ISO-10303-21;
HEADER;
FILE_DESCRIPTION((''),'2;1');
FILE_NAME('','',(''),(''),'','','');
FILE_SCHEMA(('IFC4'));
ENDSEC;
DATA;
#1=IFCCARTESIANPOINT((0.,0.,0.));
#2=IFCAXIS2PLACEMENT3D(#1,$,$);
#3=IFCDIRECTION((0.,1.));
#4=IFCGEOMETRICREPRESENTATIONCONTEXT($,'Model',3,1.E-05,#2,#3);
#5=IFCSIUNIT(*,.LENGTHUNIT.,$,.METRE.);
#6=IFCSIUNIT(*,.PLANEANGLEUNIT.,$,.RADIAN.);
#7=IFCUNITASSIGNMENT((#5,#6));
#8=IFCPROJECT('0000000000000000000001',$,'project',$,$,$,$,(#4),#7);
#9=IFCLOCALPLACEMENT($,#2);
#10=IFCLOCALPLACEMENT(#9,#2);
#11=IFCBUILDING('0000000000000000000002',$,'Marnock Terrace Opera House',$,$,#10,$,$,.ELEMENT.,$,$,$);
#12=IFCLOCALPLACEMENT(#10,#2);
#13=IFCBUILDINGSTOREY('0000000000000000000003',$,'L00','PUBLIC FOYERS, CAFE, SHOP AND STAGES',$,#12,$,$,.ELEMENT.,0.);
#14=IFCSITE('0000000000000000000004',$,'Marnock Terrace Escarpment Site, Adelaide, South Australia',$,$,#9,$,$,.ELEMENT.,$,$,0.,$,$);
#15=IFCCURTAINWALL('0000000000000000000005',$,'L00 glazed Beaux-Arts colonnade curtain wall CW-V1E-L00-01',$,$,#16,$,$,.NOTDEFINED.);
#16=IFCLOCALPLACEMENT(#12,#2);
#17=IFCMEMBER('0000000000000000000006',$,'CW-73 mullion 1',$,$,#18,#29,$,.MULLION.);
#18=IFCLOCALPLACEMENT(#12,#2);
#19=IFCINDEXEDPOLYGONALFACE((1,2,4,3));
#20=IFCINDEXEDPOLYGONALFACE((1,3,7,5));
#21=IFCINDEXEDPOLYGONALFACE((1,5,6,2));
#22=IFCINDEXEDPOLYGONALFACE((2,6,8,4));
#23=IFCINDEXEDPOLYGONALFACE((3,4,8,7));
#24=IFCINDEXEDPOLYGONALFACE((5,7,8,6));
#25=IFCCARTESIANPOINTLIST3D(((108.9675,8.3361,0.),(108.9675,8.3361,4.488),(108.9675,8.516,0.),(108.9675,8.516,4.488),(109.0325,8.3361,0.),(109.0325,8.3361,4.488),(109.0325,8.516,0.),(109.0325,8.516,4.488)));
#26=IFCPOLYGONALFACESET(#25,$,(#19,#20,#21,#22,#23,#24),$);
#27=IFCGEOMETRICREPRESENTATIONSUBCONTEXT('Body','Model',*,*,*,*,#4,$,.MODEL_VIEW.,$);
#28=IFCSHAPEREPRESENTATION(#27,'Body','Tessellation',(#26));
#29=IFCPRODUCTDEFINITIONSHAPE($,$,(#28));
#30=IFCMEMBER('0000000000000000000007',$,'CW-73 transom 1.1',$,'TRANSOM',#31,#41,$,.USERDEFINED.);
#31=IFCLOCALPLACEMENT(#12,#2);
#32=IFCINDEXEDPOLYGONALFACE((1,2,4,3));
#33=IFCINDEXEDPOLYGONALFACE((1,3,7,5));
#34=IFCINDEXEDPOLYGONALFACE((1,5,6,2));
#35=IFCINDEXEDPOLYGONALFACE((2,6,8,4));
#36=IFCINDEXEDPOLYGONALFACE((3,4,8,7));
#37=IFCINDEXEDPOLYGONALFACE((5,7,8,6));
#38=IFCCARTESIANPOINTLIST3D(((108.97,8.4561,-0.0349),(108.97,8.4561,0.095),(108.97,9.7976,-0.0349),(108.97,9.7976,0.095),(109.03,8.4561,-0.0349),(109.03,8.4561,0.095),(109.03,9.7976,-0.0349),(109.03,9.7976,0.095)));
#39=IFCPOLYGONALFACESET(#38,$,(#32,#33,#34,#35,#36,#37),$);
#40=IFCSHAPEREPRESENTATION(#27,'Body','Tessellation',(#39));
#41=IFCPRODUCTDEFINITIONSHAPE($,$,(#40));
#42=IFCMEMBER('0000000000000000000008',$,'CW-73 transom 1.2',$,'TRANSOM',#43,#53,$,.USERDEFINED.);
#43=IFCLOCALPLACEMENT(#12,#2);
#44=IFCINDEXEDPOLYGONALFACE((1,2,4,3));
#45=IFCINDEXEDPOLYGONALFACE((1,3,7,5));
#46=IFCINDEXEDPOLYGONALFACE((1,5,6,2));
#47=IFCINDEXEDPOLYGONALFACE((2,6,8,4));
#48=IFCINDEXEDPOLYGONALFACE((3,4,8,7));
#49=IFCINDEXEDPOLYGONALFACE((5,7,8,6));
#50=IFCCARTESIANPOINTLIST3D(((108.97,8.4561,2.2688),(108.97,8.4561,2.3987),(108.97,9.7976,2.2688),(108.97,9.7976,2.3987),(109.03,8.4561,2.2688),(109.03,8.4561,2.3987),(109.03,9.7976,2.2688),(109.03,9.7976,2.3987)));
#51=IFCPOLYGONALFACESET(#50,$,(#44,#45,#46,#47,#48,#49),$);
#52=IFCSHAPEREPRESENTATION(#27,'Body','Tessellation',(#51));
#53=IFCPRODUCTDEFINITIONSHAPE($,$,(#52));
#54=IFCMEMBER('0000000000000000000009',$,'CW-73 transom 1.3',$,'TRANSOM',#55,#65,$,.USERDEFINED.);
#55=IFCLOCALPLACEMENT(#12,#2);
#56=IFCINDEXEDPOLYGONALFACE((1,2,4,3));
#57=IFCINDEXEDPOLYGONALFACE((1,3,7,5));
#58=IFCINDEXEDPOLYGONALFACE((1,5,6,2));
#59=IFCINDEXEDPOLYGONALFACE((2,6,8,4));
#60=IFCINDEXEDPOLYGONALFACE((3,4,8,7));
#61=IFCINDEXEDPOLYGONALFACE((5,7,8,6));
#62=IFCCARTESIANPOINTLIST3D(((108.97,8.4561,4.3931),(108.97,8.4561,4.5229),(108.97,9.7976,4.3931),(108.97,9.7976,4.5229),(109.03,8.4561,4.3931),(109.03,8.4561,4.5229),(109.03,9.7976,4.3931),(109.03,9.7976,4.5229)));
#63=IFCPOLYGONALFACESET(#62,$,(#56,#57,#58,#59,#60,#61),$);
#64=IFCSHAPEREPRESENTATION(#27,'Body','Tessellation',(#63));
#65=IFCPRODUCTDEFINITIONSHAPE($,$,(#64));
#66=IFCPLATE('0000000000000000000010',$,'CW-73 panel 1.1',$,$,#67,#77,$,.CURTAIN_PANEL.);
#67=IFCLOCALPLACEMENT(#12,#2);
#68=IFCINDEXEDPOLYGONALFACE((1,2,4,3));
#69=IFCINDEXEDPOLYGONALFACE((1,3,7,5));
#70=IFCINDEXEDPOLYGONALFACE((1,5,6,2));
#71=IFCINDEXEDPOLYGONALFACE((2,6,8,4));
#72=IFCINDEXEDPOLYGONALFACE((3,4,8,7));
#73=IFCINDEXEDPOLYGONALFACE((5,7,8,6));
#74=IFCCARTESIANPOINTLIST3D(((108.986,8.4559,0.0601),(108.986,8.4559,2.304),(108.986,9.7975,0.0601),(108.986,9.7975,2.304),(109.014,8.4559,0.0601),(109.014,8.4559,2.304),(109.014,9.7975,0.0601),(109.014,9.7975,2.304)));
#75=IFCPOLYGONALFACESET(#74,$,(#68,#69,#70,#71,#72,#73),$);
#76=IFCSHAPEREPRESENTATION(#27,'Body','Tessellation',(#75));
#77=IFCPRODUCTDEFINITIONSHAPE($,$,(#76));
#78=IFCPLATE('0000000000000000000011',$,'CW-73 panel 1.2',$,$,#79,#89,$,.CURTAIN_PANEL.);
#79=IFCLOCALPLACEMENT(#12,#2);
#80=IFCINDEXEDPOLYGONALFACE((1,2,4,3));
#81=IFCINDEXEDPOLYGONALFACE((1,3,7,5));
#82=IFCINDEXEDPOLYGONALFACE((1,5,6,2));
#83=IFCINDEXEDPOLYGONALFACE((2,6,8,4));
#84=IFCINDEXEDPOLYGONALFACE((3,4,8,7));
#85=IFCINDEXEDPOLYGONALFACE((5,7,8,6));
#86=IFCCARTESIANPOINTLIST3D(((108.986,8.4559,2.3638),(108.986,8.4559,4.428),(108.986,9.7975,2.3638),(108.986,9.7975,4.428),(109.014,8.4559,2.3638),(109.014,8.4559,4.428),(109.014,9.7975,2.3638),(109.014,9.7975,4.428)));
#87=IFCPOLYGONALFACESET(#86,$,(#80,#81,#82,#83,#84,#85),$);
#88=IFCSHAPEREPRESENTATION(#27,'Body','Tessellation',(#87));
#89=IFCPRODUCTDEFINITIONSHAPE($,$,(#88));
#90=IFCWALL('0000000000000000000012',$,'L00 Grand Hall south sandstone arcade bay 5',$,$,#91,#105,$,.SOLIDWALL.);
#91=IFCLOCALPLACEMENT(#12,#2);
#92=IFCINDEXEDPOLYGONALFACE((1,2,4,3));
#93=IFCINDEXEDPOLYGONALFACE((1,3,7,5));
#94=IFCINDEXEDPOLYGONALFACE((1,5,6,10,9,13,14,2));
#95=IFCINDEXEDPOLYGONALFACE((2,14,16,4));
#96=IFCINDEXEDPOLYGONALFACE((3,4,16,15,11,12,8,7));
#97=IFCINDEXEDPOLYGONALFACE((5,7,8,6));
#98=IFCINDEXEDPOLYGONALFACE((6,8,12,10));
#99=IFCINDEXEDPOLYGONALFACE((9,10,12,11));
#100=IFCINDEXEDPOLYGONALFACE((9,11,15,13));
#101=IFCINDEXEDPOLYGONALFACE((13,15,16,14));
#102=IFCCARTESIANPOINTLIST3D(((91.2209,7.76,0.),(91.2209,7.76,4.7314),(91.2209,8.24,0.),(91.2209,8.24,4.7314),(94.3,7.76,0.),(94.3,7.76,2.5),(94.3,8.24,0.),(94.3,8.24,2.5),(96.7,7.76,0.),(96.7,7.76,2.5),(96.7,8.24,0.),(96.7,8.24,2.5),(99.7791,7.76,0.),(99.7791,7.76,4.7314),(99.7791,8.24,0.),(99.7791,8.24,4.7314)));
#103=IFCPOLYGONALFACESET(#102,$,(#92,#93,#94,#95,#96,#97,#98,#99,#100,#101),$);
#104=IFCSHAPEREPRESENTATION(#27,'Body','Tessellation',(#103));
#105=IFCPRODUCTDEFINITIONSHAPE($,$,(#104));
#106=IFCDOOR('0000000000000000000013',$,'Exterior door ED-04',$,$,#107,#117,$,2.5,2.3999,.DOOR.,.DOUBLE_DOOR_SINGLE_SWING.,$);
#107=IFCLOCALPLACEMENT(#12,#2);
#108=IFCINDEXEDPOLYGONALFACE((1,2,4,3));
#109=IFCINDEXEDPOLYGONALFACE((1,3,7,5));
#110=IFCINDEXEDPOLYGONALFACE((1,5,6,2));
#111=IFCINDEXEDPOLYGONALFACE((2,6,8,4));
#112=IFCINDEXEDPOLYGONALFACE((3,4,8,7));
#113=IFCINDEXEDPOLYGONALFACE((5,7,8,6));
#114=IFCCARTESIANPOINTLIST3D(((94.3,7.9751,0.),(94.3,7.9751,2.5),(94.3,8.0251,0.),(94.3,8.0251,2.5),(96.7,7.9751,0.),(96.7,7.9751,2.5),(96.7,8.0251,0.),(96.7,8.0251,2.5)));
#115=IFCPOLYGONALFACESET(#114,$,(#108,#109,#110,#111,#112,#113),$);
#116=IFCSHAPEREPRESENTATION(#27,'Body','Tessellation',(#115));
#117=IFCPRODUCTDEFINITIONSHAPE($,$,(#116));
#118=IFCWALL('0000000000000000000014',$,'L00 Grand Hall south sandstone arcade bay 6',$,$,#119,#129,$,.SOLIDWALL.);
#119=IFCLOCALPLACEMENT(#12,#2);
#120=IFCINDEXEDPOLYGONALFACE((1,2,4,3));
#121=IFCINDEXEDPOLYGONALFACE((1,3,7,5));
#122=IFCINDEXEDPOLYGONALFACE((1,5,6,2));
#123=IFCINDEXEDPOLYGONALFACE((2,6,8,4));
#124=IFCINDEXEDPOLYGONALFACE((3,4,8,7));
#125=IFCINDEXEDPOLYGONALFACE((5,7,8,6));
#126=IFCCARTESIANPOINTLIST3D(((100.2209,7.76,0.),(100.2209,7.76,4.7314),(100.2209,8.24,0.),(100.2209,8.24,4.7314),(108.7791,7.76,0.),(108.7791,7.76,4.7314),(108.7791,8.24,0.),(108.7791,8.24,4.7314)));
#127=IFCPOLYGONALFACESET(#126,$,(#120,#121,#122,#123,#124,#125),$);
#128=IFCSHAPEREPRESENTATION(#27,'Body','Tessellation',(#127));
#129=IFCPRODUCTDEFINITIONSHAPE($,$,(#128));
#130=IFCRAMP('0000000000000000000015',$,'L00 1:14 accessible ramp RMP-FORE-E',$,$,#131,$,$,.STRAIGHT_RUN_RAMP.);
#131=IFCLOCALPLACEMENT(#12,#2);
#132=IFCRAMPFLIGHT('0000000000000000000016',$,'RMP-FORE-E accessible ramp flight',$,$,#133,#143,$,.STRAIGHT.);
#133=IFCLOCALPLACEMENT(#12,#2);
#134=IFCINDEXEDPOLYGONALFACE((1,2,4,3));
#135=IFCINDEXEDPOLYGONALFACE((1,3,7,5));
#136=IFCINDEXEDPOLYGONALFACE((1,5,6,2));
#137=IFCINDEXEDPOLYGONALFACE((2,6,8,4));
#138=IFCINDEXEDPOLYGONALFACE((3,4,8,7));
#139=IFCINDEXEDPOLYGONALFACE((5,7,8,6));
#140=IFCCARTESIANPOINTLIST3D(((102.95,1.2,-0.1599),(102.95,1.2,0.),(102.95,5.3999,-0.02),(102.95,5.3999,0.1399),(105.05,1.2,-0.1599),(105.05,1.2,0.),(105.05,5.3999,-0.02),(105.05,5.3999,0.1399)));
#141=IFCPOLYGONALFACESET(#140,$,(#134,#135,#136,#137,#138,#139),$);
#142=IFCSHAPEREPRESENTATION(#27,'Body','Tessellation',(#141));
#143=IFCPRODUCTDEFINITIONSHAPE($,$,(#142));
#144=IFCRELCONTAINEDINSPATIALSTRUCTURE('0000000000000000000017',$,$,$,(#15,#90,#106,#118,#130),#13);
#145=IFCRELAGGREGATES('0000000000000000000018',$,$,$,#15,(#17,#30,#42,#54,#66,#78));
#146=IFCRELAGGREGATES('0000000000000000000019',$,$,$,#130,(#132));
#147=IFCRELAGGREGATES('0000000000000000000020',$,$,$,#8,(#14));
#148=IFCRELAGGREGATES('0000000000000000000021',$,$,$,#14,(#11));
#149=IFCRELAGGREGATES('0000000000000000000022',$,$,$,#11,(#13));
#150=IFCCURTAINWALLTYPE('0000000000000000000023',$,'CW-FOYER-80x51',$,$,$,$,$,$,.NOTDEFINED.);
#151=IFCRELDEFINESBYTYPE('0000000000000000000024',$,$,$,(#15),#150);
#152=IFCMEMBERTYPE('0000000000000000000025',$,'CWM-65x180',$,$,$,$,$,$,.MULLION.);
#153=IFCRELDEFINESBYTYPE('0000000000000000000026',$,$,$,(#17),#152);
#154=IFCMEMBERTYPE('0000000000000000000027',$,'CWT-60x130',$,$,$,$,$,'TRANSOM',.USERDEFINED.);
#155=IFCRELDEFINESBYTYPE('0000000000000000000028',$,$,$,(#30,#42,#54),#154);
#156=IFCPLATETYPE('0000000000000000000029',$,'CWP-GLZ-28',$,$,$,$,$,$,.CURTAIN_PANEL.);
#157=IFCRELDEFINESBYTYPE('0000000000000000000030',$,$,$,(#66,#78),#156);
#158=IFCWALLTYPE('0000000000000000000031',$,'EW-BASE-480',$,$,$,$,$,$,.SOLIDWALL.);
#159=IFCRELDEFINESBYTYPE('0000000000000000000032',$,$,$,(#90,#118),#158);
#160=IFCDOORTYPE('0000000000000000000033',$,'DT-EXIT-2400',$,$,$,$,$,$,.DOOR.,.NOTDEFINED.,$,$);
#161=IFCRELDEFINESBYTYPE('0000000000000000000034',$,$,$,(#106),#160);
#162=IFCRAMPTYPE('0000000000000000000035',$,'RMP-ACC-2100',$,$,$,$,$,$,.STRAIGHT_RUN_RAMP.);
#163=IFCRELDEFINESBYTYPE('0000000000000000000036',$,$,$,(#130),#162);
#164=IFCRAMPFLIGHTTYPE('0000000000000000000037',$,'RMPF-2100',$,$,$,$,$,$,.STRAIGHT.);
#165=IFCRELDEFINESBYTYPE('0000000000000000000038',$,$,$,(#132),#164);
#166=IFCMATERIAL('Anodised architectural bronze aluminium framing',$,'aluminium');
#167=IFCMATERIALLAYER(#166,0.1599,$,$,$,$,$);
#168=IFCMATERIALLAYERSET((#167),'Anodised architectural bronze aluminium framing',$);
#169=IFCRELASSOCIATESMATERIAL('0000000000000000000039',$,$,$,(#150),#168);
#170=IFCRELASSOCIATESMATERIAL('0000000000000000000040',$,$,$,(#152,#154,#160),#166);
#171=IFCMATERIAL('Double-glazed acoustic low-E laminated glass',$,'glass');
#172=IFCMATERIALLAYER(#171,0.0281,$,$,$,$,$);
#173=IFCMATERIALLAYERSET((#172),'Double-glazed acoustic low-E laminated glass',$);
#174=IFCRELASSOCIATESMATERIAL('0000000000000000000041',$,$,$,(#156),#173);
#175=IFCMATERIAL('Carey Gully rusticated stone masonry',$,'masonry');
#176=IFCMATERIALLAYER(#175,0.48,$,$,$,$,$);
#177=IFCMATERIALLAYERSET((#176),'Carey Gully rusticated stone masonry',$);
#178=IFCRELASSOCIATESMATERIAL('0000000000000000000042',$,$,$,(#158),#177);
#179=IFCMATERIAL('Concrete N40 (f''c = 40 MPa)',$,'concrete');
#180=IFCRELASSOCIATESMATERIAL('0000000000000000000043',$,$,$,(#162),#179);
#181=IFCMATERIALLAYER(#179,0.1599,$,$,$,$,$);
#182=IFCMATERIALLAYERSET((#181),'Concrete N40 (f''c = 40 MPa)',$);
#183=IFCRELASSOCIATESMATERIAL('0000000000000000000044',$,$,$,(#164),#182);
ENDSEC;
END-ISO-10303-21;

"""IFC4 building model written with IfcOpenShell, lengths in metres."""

from ifc_helpers import new_model, si_unit, direction, frame, frame_2d, origin, origin_2d, place, context, subcontext, project, spatial, polyline, rectangle, outline, extrude, material, layer, layer_set, material_profile, profile_set, type_object, element, fill, aggregate, save


model = new_model("IFC4")

# Units and contexts
model_context = context("Model", 3, precision=1e-05, world=origin(), true_north=direction((0.0, 1.0)))
body_context = subcontext(model_context, "Body", "Model", "MODEL_VIEW")
ifc_project = project(units=[si_unit("LENGTHUNIT", "METRE"), si_unit("PLANEANGLEUNIT", "RADIAN")], contexts=[model_context])

# Site, building, storey
site_placement = place(None, origin())
site = spatial("IfcSite", under=ifc_project, at=site_placement, Name="Marnock Terrace Escarpment Site, Adelaide, South Australia", CompositionType="ELEMENT", RefElevation=0.0)
building_placement = place(site_placement, origin())
building = spatial("IfcBuilding", under=site, at=building_placement, Name="Marnock Terrace Opera House", CompositionType="ELEMENT")
storey_placement = place(building_placement, origin())
storey = spatial("IfcBuildingStorey", under=building, at=storey_placement, Name="L00", Description="PUBLIC FOYERS, CAFE, SHOP AND STAGES", CompositionType="ELEMENT", Elevation=0.0)

# Shared definitions
ifc_material_1 = material(Name="Concrete N40 (f'c = 40 MPa)", Category="concrete")

# Curtain wall, members, plates
ifc_material_2 = material(Name="Anodised architectural bronze aluminium framing", Category="aluminium")
ifc_layer_1 = layer(ifc_material_2, 0.1599)
ifc_layer_set_1 = layer_set([ifc_layer_1], Name="Anodised architectural bronze aluminium framing")
curtain_wall_type = type_object("IfcCurtainWallType", Name="CW-FOYER-80x51", PredefinedType="NOTDEFINED", material=ifc_layer_set_1)
curtain_wall_placement = place(storey_placement, origin())
curtain_wall = element("IfcCurtainWall", 1, at=curtain_wall_placement, inside=storey, type_object=curtain_wall_type, Name="L00 glazed Beaux-Arts colonnade curtain wall CW-V1E-L00-01", PredefinedType="NOTDEFINED")
ifc_material_profile_1 = material_profile(ifc_material_2, rectangle(XDim=0.0649, YDim=0.1799, at=origin_2d()))
ifc_profile_set_1 = profile_set([ifc_material_profile_1], Name="Anodised architectural bronze aluminium framing")
member_type_1 = type_object("IfcMemberType", Name="CWM-65x180", PredefinedType="MULLION", material=ifc_profile_set_1)
member_1_placement = place(storey_placement, frame((109.0, 8.426, 0.0), z_axis=(0.0, 0.0, 1.0), x_axis=(-1.0, 0.0, 0.0)))
member_1 = element("IfcMember", 2, at=member_1_placement, type_object=member_type_1, Name="CW-73 mullion 1", PredefinedType="MULLION", context=body_context, shape_type="SweptSolid", body=[
    extrude(rectangle(XDim=0.0649, YDim=0.1799, at=origin_2d()), origin(), (0.0, 0.0, 1.0), 4.488),
])
ifc_material_profile_2 = material_profile(ifc_material_2, rectangle(XDim=0.0601, YDim=0.1299, at=origin_2d()))
ifc_profile_set_2 = profile_set([ifc_material_profile_2], Name="Anodised architectural bronze aluminium framing")
member_type_2 = type_object("IfcMemberType", Name="CWT-60x130", ElementType="TRANSOM", PredefinedType="USERDEFINED", material=ifc_profile_set_2)
member_2_placement = place(storey_placement, frame((109.0, 8.4561, 0.03), z_axis=(0.0, 1.0, 0.0), x_axis=(-1.0, 0.0, 0.0)))
member_2 = element("IfcMember", 3, at=member_2_placement, type_object=member_type_2, Name="CW-73 transom 1.1", ObjectType="TRANSOM", PredefinedType="USERDEFINED", context=body_context, shape_type="SweptSolid", body=[
    extrude(rectangle(XDim=0.0601, YDim=0.1299, at=origin_2d()), origin(), (0.0, 0.0, 1.0), 1.3416),
])
member_3_placement = place(storey_placement, frame((109.0, 8.4561, 2.3337), z_axis=(0.0, 1.0, 0.0), x_axis=(-1.0, 0.0, 0.0)))
member_3 = element("IfcMember", 4, at=member_3_placement, type_object=member_type_2, Name="CW-73 transom 1.2", ObjectType="TRANSOM", PredefinedType="USERDEFINED", context=body_context, shape_type="SweptSolid", body=[
    extrude(rectangle(XDim=0.0601, YDim=0.1299, at=origin_2d()), origin(), (0.0, 0.0, 1.0), 1.3416),
])
member_4_placement = place(storey_placement, frame((109.0, 8.4561, 4.458), z_axis=(0.0, 1.0, 0.0), x_axis=(-1.0, 0.0, 0.0)))
member_4 = element("IfcMember", 5, at=member_4_placement, type_object=member_type_2, Name="CW-73 transom 1.3", ObjectType="TRANSOM", PredefinedType="USERDEFINED", context=body_context, shape_type="SweptSolid", body=[
    extrude(rectangle(XDim=0.0601, YDim=0.1299, at=origin_2d()), origin(), (0.0, 0.0, 1.0), 1.3416),
])
ifc_material_3 = material(Name="Double-glazed acoustic low-E laminated glass", Category="glass")
ifc_layer_2 = layer(ifc_material_3, 0.0281)
ifc_layer_set_2 = layer_set([ifc_layer_2], Name="Double-glazed acoustic low-E laminated glass")
plate_type = type_object("IfcPlateType", Name="CWP-GLZ-28", PredefinedType="CURTAIN_PANEL", material=ifc_layer_set_2)
plate_1_placement = place(storey_placement, frame((109.0, 9.1267, 0.0601), z_axis=(0.0, 0.0, 1.0), x_axis=(0.0, 1.0, 0.0)))
plate_1 = element("IfcPlate", 6, at=plate_1_placement, type_object=plate_type, Name="CW-73 panel 1.1", PredefinedType="CURTAIN_PANEL", context=body_context, shape_type="SweptSolid", body=[
    extrude(rectangle(XDim=1.3416, YDim=0.0281, at=origin_2d()), origin(), (0.0, 0.0, 1.0), 2.2439),
])
plate_2_placement = place(storey_placement, frame((109.0, 9.1267, 2.3638), z_axis=(0.0, 0.0, 1.0), x_axis=(0.0, 1.0, 0.0)))
plate_2 = element("IfcPlate", 7, at=plate_2_placement, type_object=plate_type, Name="CW-73 panel 1.2", PredefinedType="CURTAIN_PANEL", context=body_context, shape_type="SweptSolid", body=[
    extrude(rectangle(XDim=1.3416, YDim=0.0281, at=origin_2d()), origin(), (0.0, 0.0, 1.0), 2.0642),
])
aggregate(curtain_wall, [member_1, member_2, member_3, member_4, plate_1, plate_2])

# Wall, opening, door
ifc_material_4 = material(Name="Carey Gully rusticated stone masonry", Category="masonry")
ifc_layer_3 = layer(ifc_material_4, 0.48)
ifc_layer_set_3 = layer_set([ifc_layer_3], Name="Carey Gully rusticated stone masonry")
wall_type = type_object("IfcWallType", Name="EW-BASE-480", PredefinedType="SOLIDWALL", material=ifc_layer_set_3)
wall_1_placement = place(storey_placement, frame((99.7791, 8.0, 0.0), z_axis=(0.0, 0.0, 1.0), x_axis=(-1.0, 0.0, 0.0)))
wall_1 = element("IfcWall", 8, at=wall_1_placement, inside=storey, type_object=wall_type, Name="L00 Grand Hall south sandstone arcade bay 5", PredefinedType="SOLIDWALL", context=body_context, shape_type="SweptSolid", body=[
    extrude(rectangle(XDim=8.5581, YDim=0.48, at=frame_2d((4.2791, 0.0))), origin(), (0.0, 0.0, 1.0), 4.7314),
])
opening_placement = place(wall_1_placement, frame((3.0791, 0.0, 0.0)))
opening = element("IfcOpeningElement", 9, at=opening_placement, cuts=wall_1, PredefinedType="OPENING", context=body_context, shape_type="SweptSolid", body=[
    extrude(rectangle(XDim=2.3999, YDim=2.5, at=frame_2d((1.2, 1.25))), frame((0.0, 0.25, 0.0), z_axis=(0.0, -1.0, 0.0), x_axis=(1.0, 0.0, 0.0)), (0.0, 0.0, 1.0), 0.5),
])
door_type = type_object("IfcDoorType", Name="DT-EXIT-2400", OperationType="NOTDEFINED", PredefinedType="DOOR", material=ifc_material_2)
door_placement = place(opening_placement, origin())
door = element("IfcDoor", 10, at=door_placement, inside=storey, type_object=door_type, Name="Exterior door ED-04", OperationType="DOUBLE_DOOR_SINGLE_SWING", OverallHeight=2.5, OverallWidth=2.3999, PredefinedType="DOOR", context=body_context, shape_type="SweptSolid", body=[
    extrude(rectangle(XDim=2.3999, YDim=2.5, at=frame_2d((1.2, 1.25))), frame((0.0, 0.0249, 0.0), z_axis=(0.0, -1.0, 0.0), x_axis=(1.0, 0.0, 0.0)), (0.0, 0.0, 1.0), 0.05),
])
fill(opening, door)

# Wall
wall_2_placement = place(storey_placement, frame((100.2209, 8.0, 0.0), z_axis=(0.0, 0.0, 1.0), x_axis=(1.0, 0.0, 0.0)))
element("IfcWall", 11, at=wall_2_placement, inside=storey, type_object=wall_type, Name="L00 Grand Hall south sandstone arcade bay 6", PredefinedType="SOLIDWALL", context=body_context, shape_type="SweptSolid", body=[
    extrude(rectangle(XDim=8.5581, YDim=0.48, at=frame_2d((4.2791, 0.0))), origin(), (0.0, 0.0, 1.0), 4.7314),
])

# Ramp, ramp flight
ramp_type = type_object("IfcRampType", Name="RMP-ACC-2100", PredefinedType="STRAIGHT_RUN_RAMP", material=ifc_material_1)
ramp_placement = place(storey_placement, origin())
ramp = element("IfcRamp", 12, at=ramp_placement, inside=storey, type_object=ramp_type, Name="L00 1:14 accessible ramp RMP-FORE-E", PredefinedType="STRAIGHT_RUN_RAMP")
ifc_layer_4 = layer(ifc_material_1, 0.1599)
ifc_layer_set_4 = layer_set([ifc_layer_4], Name="Concrete N40 (f'c = 40 MPa)")
ramp_flight_type = type_object("IfcRampFlightType", Name="RMPF-2100", PredefinedType="STRAIGHT", material=ifc_layer_set_4)
ramp_flight_placement = place(storey_placement, frame((104.0, 1.2, 0.0), z_axis=(0.0, 0.0, 1.0), x_axis=(0.0, 1.0, 0.0)))
ramp_flight = element("IfcRampFlight", 13, at=ramp_flight_placement, type_object=ramp_flight_type, Name="RMP-FORE-E accessible ramp flight", PredefinedType="STRAIGHT", context=body_context, shape_type="SweptSolid", body=[
    extrude(outline(polyline([(0.0, 0.0), (0.0, -0.1599), (4.2, -0.02), (4.2, 0.1399), (0.0, 0.0)])), frame((0.0, 1.05, 0.0), z_axis=(0.0, -1.0, 0.0), x_axis=(1.0, 0.0, 0.0)), (0.0, 0.0, 1.0), 2.1001),
])
aggregate(ramp, [ramp_flight])

save(model, "model.ifc")
